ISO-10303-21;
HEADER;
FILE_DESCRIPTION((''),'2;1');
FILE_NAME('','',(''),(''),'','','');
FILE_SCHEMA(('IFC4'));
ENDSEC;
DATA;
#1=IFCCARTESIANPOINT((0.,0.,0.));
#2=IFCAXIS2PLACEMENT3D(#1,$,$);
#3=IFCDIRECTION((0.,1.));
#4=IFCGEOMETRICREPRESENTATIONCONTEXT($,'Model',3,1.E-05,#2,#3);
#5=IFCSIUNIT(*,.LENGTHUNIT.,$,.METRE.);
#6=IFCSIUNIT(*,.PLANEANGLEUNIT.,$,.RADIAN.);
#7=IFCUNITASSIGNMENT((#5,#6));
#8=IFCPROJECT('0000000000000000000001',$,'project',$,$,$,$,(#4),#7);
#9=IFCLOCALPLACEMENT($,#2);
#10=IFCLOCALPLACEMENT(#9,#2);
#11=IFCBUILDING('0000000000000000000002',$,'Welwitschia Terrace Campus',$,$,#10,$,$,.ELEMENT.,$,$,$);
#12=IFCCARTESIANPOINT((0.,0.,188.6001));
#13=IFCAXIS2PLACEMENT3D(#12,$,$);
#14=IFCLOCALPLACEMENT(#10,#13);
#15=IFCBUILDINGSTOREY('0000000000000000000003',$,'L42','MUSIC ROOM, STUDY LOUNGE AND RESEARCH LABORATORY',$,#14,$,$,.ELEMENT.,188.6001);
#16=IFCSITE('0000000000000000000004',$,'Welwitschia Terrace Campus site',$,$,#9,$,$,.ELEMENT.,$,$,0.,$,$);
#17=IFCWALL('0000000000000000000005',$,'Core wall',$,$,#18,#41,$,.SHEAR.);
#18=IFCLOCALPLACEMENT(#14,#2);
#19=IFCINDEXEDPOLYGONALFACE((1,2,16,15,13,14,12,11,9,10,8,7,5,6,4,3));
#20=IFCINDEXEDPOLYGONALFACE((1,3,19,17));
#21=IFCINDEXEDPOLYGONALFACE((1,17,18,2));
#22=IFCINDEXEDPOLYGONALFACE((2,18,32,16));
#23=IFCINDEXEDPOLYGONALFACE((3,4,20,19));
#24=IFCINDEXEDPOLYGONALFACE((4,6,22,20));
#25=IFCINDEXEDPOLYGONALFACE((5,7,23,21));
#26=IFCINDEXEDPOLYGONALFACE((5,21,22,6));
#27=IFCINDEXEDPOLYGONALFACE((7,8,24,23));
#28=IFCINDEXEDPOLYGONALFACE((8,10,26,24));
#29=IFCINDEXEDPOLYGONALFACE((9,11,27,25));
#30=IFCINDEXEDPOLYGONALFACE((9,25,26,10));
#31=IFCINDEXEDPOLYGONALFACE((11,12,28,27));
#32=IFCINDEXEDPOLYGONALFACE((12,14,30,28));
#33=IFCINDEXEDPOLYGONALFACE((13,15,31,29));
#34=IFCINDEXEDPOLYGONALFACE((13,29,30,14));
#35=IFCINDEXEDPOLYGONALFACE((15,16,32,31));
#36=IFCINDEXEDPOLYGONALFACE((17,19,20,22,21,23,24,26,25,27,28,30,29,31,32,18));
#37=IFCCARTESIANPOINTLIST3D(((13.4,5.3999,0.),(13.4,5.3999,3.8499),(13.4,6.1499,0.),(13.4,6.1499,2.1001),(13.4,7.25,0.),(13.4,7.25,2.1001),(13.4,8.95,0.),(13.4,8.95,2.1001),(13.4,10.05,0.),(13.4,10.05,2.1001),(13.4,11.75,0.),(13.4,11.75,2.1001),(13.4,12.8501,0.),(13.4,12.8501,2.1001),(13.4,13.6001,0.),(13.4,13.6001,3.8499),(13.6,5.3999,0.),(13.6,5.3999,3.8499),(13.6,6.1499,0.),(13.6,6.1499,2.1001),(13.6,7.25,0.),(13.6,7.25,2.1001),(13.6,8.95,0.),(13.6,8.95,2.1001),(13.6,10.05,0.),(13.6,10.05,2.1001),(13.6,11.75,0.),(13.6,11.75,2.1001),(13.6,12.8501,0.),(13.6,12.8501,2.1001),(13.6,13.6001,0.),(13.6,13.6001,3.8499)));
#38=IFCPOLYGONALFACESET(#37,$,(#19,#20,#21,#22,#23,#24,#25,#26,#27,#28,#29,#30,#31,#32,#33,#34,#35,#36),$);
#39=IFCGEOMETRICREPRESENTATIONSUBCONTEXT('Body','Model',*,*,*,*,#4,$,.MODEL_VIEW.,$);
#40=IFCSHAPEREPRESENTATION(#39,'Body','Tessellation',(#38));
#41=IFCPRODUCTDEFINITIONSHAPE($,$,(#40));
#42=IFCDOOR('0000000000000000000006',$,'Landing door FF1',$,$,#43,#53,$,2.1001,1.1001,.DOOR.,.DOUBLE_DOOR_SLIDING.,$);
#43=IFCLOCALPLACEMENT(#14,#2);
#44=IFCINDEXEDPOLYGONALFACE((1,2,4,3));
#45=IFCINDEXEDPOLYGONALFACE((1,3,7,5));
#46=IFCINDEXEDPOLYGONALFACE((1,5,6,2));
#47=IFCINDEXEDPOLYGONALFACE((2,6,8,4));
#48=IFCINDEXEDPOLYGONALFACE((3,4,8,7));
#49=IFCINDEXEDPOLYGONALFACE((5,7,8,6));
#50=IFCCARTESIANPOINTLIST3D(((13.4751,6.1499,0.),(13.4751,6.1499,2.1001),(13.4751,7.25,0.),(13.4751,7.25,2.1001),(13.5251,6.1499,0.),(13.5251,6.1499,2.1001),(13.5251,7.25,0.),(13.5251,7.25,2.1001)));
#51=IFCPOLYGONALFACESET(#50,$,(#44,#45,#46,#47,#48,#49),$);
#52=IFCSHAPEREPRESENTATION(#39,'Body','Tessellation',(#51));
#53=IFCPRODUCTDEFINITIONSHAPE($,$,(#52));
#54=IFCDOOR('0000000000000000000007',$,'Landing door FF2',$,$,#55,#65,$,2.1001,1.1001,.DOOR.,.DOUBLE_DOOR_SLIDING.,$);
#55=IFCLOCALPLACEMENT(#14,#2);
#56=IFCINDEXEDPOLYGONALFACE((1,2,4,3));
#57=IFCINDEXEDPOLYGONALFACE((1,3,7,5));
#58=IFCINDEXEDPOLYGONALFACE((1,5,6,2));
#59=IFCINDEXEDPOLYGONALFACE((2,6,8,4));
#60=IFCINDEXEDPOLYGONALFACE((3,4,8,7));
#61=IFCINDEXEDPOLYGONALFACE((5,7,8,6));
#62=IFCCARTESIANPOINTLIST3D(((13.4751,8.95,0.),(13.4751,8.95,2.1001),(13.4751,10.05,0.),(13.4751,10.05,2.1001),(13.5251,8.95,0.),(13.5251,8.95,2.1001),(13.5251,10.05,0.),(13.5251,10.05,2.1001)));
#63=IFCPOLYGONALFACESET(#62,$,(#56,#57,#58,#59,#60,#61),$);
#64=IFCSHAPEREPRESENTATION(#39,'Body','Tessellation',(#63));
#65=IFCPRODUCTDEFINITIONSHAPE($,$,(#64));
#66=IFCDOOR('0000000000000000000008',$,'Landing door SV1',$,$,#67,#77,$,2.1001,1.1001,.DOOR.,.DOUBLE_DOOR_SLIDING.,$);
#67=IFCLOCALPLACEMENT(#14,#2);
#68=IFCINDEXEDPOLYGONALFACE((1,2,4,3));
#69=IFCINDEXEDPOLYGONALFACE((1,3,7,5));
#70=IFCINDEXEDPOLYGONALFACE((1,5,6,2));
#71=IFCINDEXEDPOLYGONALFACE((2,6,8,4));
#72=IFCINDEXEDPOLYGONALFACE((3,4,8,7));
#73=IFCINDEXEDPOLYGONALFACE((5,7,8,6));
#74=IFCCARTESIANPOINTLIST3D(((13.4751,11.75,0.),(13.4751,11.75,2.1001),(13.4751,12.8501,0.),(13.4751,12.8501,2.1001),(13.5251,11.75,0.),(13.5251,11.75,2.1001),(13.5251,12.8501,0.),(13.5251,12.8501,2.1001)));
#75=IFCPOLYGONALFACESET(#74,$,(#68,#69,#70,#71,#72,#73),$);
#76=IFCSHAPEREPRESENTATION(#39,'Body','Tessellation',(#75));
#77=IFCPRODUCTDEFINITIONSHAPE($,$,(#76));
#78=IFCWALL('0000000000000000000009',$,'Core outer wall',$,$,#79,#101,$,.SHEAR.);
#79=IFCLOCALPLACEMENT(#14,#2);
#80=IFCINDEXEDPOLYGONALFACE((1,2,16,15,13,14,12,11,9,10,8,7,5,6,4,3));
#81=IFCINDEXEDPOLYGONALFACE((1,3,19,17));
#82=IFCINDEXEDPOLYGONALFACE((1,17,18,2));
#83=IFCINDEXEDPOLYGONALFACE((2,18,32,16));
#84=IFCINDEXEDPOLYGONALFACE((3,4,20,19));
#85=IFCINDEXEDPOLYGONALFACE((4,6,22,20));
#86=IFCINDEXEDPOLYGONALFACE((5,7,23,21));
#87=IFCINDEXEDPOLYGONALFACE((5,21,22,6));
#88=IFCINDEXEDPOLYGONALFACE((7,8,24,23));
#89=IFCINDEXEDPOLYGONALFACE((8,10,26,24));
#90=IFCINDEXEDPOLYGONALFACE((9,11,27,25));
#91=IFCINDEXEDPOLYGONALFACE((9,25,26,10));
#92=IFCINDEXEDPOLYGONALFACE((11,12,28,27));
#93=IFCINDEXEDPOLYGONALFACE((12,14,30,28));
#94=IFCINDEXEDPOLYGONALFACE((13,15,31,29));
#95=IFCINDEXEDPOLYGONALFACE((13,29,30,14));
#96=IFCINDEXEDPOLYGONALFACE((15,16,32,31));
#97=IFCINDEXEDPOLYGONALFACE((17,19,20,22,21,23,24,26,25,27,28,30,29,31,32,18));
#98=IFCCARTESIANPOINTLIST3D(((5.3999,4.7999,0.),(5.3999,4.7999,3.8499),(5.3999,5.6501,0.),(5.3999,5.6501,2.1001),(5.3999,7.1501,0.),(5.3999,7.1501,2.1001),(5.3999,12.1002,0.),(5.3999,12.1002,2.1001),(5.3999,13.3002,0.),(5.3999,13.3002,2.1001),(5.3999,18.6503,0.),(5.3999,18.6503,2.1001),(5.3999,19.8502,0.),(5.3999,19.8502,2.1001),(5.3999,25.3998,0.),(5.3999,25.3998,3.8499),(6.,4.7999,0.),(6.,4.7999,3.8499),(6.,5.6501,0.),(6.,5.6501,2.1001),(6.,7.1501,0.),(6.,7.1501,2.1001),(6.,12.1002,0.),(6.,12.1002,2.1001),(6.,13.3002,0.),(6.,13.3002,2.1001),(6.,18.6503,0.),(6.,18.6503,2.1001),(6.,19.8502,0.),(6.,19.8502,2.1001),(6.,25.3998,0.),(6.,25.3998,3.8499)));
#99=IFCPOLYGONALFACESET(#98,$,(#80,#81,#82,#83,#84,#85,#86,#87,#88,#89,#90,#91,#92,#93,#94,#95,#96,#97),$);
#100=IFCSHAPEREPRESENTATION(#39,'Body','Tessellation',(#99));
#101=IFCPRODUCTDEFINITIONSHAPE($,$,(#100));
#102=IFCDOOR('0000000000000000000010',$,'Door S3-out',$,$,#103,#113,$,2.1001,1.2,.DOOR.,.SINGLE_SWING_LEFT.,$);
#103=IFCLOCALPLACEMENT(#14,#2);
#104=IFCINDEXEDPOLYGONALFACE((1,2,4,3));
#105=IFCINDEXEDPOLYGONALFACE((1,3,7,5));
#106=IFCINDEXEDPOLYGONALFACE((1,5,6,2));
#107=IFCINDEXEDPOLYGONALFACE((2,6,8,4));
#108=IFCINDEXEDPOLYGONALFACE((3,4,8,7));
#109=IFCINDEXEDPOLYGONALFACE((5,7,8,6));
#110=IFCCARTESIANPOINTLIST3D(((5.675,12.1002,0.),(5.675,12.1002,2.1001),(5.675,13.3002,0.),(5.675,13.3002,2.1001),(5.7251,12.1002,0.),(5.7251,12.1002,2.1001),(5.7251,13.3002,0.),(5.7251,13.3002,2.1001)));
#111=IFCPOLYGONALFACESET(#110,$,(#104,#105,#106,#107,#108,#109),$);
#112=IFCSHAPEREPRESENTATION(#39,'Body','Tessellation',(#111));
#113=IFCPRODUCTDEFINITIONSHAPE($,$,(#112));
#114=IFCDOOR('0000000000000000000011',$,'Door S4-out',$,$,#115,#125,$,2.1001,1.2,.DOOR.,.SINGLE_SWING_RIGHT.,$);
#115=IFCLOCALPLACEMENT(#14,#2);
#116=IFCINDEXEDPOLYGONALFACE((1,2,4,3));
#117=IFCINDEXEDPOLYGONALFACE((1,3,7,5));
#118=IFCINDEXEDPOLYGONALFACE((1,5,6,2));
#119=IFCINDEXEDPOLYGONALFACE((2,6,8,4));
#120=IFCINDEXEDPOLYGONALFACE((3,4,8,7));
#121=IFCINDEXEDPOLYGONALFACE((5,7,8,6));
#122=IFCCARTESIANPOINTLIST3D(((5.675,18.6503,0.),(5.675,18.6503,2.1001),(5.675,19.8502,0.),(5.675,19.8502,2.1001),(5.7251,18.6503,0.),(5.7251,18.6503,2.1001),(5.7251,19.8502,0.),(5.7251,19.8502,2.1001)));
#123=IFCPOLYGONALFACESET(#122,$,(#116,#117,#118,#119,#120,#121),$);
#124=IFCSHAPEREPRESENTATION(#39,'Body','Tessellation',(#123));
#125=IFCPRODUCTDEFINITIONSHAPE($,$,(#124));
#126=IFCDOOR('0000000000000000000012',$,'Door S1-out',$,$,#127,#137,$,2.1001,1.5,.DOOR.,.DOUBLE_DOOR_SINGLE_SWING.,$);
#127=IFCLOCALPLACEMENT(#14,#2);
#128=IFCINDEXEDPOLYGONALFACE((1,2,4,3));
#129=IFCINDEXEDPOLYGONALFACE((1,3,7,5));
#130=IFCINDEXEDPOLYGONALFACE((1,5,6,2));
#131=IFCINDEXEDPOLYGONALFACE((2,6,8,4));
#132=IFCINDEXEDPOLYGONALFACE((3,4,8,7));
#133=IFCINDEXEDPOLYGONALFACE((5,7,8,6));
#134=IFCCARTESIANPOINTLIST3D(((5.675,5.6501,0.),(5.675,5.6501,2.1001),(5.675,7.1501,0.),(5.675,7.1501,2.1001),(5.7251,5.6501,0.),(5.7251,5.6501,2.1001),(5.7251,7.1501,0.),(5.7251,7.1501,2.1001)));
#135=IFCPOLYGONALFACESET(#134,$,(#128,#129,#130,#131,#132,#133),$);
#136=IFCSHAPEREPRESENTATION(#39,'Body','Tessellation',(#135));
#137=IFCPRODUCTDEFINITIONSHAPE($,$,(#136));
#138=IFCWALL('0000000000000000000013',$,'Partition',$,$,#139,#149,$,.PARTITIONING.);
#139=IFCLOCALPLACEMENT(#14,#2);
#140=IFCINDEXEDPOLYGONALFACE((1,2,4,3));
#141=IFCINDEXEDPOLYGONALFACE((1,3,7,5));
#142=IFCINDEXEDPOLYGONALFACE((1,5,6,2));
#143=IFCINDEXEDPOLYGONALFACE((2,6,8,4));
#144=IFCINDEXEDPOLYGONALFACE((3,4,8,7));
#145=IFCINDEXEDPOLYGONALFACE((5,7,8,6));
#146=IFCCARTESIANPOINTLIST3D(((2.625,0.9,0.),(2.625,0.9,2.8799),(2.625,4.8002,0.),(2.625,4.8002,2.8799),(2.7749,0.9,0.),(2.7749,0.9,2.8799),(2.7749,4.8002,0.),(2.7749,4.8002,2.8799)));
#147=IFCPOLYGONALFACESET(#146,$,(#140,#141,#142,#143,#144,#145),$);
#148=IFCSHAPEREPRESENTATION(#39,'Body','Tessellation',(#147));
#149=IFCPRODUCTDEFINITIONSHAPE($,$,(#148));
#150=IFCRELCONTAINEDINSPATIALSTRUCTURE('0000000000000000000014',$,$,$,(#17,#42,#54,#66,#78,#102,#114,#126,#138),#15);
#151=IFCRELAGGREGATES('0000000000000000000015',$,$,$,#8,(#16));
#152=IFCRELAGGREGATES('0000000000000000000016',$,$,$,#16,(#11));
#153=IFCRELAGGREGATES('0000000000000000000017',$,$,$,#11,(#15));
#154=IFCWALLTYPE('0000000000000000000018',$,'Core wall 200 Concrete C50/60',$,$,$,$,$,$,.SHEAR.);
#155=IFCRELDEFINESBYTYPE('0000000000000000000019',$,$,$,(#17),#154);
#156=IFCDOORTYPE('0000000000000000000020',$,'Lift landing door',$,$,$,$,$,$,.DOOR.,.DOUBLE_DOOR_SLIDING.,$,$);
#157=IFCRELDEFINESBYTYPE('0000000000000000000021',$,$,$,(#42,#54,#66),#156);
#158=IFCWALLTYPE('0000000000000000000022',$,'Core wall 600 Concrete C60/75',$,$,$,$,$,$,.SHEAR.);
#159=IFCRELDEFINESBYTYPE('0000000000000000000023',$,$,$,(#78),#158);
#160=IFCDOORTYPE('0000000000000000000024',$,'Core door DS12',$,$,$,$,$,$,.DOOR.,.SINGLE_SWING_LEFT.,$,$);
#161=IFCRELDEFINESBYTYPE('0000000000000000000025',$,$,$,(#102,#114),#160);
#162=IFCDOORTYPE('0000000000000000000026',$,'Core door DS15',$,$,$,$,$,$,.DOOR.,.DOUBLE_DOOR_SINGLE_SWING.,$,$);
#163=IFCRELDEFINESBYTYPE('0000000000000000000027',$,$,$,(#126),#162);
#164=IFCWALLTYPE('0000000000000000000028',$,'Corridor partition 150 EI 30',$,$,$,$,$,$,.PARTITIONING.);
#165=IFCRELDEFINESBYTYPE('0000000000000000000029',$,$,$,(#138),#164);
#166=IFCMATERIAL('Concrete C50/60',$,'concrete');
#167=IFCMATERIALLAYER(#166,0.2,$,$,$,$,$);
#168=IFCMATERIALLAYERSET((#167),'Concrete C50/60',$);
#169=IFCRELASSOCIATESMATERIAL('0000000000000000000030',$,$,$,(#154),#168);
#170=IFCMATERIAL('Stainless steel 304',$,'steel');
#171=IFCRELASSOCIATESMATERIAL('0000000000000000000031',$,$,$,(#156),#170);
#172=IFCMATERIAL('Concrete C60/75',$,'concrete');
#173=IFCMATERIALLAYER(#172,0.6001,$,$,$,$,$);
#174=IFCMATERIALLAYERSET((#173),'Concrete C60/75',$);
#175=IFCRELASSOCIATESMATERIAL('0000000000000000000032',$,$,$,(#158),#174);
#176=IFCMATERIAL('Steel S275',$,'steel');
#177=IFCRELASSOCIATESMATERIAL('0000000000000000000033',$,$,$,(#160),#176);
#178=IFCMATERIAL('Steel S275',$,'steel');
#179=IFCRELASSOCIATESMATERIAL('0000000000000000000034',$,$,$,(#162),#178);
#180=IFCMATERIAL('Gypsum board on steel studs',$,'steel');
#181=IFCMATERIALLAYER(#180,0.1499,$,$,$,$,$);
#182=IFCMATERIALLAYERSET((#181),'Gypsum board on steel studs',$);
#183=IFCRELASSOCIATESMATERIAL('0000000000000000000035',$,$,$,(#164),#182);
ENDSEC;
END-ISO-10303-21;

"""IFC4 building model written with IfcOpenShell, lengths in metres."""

from ifc_helpers import new_model, si_unit, direction, frame, frame_2d, origin, place, context, subcontext, project, spatial, rectangle, extrude, material, layer, layer_set, type_object, element, fill, save


model = new_model("IFC4")

# Units and contexts
model_context = context("Model", 3, precision=1e-05, world=origin(), true_north=direction((0.0, 1.0)))
body_context = subcontext(model_context, "Body", "Model", "MODEL_VIEW")
ifc_project = project(units=[si_unit("LENGTHUNIT", "METRE"), si_unit("PLANEANGLEUNIT", "RADIAN")], contexts=[model_context])

# Site, building, storey
site_placement = place(None, origin())
site = spatial("IfcSite", under=ifc_project, at=site_placement, Name="Welwitschia Terrace Campus site", CompositionType="ELEMENT", RefElevation=0.0)
building_placement = place(site_placement, origin())
building = spatial("IfcBuilding", under=site, at=building_placement, Name="Welwitschia Terrace Campus", CompositionType="ELEMENT")
storey_placement = place(building_placement, frame((0.0, 0.0, 188.6001)))
storey = spatial("IfcBuildingStorey", under=building, at=storey_placement, Name="L42", Description="MUSIC ROOM, STUDY LOUNGE AND RESEARCH LABORATORY", CompositionType="ELEMENT", Elevation=188.6001)

# Walls, openings, doors
ifc_material_1 = material(Name="Concrete C50/60", Category="concrete")
ifc_layer_1 = layer(ifc_material_1, 0.2)
ifc_layer_set_1 = layer_set([ifc_layer_1], Name="Concrete C50/60")
wall_type_1 = type_object("IfcWallType", Name="Core wall 200 Concrete C50/60", PredefinedType="SHEAR", material=ifc_layer_set_1)
wall_1_placement = place(storey_placement, frame((13.5, 5.3999, 0.0), z_axis=(0.0, 0.0, 1.0), x_axis=(0.0, 1.0, 0.0)))
wall_1 = element("IfcWall", 1, at=wall_1_placement, inside=storey, type_object=wall_type_1, Name="Core wall", PredefinedType="SHEAR", context=body_context, shape_type="SweptSolid", body=[
    extrude(rectangle(XDim=8.2002, YDim=0.2, at=frame_2d((4.1001, 0.0))), origin(), (0.0, 0.0, 1.0), 3.8499),
])
opening_1_placement = place(wall_1_placement, frame((0.75, 0.0, 0.0)))
opening_1 = element("IfcOpeningElement", 2, at=opening_1_placement, cuts=wall_1, PredefinedType="OPENING", context=body_context, shape_type="SweptSolid", body=[
    extrude(rectangle(XDim=1.1001, YDim=2.1001, at=frame_2d((0.55, 1.05))), frame((0.0, 0.1099, 0.0), z_axis=(0.0, -1.0, 0.0), x_axis=(1.0, 0.0, 0.0)), (0.0, 0.0, 1.0), 0.22),
])
opening_2_placement = place(wall_1_placement, frame((3.55, 0.0, 0.0)))
opening_2 = element("IfcOpeningElement", 3, at=opening_2_placement, cuts=wall_1, PredefinedType="OPENING", context=body_context, shape_type="SweptSolid", body=[
    extrude(rectangle(XDim=1.1001, YDim=2.1001, at=frame_2d((0.55, 1.05))), frame((0.0, 0.1099, 0.0), z_axis=(0.0, -1.0, 0.0), x_axis=(1.0, 0.0, 0.0)), (0.0, 0.0, 1.0), 0.22),
])
opening_3_placement = place(wall_1_placement, frame((6.3501, 0.0, 0.0)))
opening_3 = element("IfcOpeningElement", 4, at=opening_3_placement, cuts=wall_1, PredefinedType="OPENING", context=body_context, shape_type="SweptSolid", body=[
    extrude(rectangle(XDim=1.1001, YDim=2.1001, at=frame_2d((0.55, 1.05))), frame((0.0, 0.1099, 0.0), z_axis=(0.0, -1.0, 0.0), x_axis=(1.0, 0.0, 0.0)), (0.0, 0.0, 1.0), 0.22),
])
ifc_material_2 = material(Name="Stainless steel 304", Category="steel")
door_type_1 = type_object("IfcDoorType", Name="Lift landing door", OperationType="DOUBLE_DOOR_SLIDING", PredefinedType="DOOR", material=ifc_material_2)
door_1_placement = place(opening_1_placement, origin())
door_1 = element("IfcDoor", 5, at=door_1_placement, inside=storey, type_object=door_type_1, Name="Landing door FF1", OperationType="DOUBLE_DOOR_SLIDING", OverallHeight=2.1001, OverallWidth=1.1001, PredefinedType="DOOR", context=body_context, shape_type="SweptSolid", body=[
    extrude(rectangle(XDim=1.1001, YDim=2.1001, at=frame_2d((0.55, 1.05))), frame((0.0, 0.0249, 0.0), z_axis=(0.0, -1.0, 0.0), x_axis=(1.0, 0.0, 0.0)), (0.0, 0.0, 1.0), 0.05),
])
fill(opening_1, door_1)
door_2_placement = place(opening_2_placement, origin())
door_2 = element("IfcDoor", 6, at=door_2_placement, inside=storey, type_object=door_type_1, Name="Landing door FF2", OperationType="DOUBLE_DOOR_SLIDING", OverallHeight=2.1001, OverallWidth=1.1001, PredefinedType="DOOR", context=body_context, shape_type="SweptSolid", body=[
    extrude(rectangle(XDim=1.1001, YDim=2.1001, at=frame_2d((0.55, 1.05))), frame((0.0, 0.0249, 0.0), z_axis=(0.0, -1.0, 0.0), x_axis=(1.0, 0.0, 0.0)), (0.0, 0.0, 1.0), 0.05),
])
fill(opening_2, door_2)
door_3_placement = place(opening_3_placement, origin())
door_3 = element("IfcDoor", 7, at=door_3_placement, inside=storey, type_object=door_type_1, Name="Landing door SV1", OperationType="DOUBLE_DOOR_SLIDING", OverallHeight=2.1001, OverallWidth=1.1001, PredefinedType="DOOR", context=body_context, shape_type="SweptSolid", body=[
    extrude(rectangle(XDim=1.1001, YDim=2.1001, at=frame_2d((0.55, 1.05))), frame((0.0, 0.0249, 0.0), z_axis=(0.0, -1.0, 0.0), x_axis=(1.0, 0.0, 0.0)), (0.0, 0.0, 1.0), 0.05),
])
fill(opening_3, door_3)
ifc_material_3 = material(Name="Concrete C60/75", Category="concrete")
ifc_layer_2 = layer(ifc_material_3, 0.6001)
ifc_layer_set_2 = layer_set([ifc_layer_2], Name="Concrete C60/75")
wall_type_2 = type_object("IfcWallType", Name="Core wall 600 Concrete C60/75", PredefinedType="SHEAR", material=ifc_layer_set_2)
wall_2_placement = place(storey_placement, frame((5.7, 4.8, 0.0), z_axis=(0.0, 0.0, 1.0), x_axis=(0.0, 1.0, 0.0)))
wall_2 = element("IfcWall", 8, at=wall_2_placement, inside=storey, type_object=wall_type_2, Name="Core outer wall", PredefinedType="SHEAR", context=body_context, shape_type="SweptSolid", body=[
    extrude(rectangle(XDim=20.5999, YDim=0.6001, at=frame_2d((10.2998, 0.0))), origin(), (0.0, 0.0, 1.0), 3.8499),
])
opening_4_placement = place(wall_2_placement, frame((0.8501, 0.0, 0.0)))
opening_4 = element("IfcOpeningElement", 9, at=opening_4_placement, cuts=wall_2, PredefinedType="OPENING", context=body_context, shape_type="SweptSolid", body=[
    extrude(rectangle(XDim=1.5, YDim=2.1001, at=frame_2d((0.75, 1.05))), frame((0.0, 0.3101, 0.0), z_axis=(0.0, -1.0, 0.0), x_axis=(1.0, 0.0, 0.0)), (0.0, 0.0, 1.0), 0.6201),
])
opening_5_placement = place(wall_2_placement, frame((7.3, 0.0, 0.0)))
opening_5 = element("IfcOpeningElement", 10, at=opening_5_placement, cuts=wall_2, PredefinedType="OPENING", context=body_context, shape_type="SweptSolid", body=[
    extrude(rectangle(XDim=1.2, YDim=2.1001, at=frame_2d((0.6001, 1.05))), frame((0.0, 0.3101, 0.0), z_axis=(0.0, -1.0, 0.0), x_axis=(1.0, 0.0, 0.0)), (0.0, 0.0, 1.0), 0.6201),
])
opening_6_placement = place(wall_2_placement, frame((13.8501, 0.0, 0.0)))
opening_6 = element("IfcOpeningElement", 11, at=opening_6_placement, cuts=wall_2, PredefinedType="OPENING", context=body_context, shape_type="SweptSolid", body=[
    extrude(rectangle(XDim=1.2, YDim=2.1001, at=frame_2d((0.6001, 1.05))), frame((0.0, 0.3101, 0.0), z_axis=(0.0, -1.0, 0.0), x_axis=(1.0, 0.0, 0.0)), (0.0, 0.0, 1.0), 0.6201),
])
ifc_material_4 = material(Name="Steel S275", Category="steel")
door_type_2 = type_object("IfcDoorType", Name="Core door DS12", OperationType="SINGLE_SWING_LEFT", PredefinedType="DOOR", material=ifc_material_4)
door_4_placement = place(opening_5_placement, origin())
door_4 = element("IfcDoor", 12, at=door_4_placement, inside=storey, type_object=door_type_2, Name="Door S3-out", OperationType="SINGLE_SWING_LEFT", OverallHeight=2.1001, OverallWidth=1.2, PredefinedType="DOOR", context=body_context, shape_type="SweptSolid", body=[
    extrude(rectangle(XDim=1.2, YDim=2.1001, at=frame_2d((0.6001, 1.05))), frame((0.0, 0.0249, 0.0), z_axis=(0.0, -1.0, 0.0), x_axis=(1.0, 0.0, 0.0)), (0.0, 0.0, 1.0), 0.05),
])
fill(opening_5, door_4)
door_5_placement = place(opening_6_placement, origin())
door_5 = element("IfcDoor", 13, at=door_5_placement, inside=storey, type_object=door_type_2, Name="Door S4-out", OperationType="SINGLE_SWING_RIGHT", OverallHeight=2.1001, OverallWidth=1.2, PredefinedType="DOOR", context=body_context, shape_type="SweptSolid", body=[
    extrude(rectangle(XDim=1.2, YDim=2.1001, at=frame_2d((0.6001, 1.05))), frame((0.0, 0.0249, 0.0), z_axis=(0.0, -1.0, 0.0), x_axis=(1.0, 0.0, 0.0)), (0.0, 0.0, 1.0), 0.05),
])
fill(opening_6, door_5)
ifc_material_5 = material(Name="Steel S275", Category="steel")
door_type_3 = type_object("IfcDoorType", Name="Core door DS15", OperationType="DOUBLE_DOOR_SINGLE_SWING", PredefinedType="DOOR", material=ifc_material_5)
door_6_placement = place(opening_4_placement, origin())
door_6 = element("IfcDoor", 14, at=door_6_placement, inside=storey, type_object=door_type_3, Name="Door S1-out", OperationType="DOUBLE_DOOR_SINGLE_SWING", OverallHeight=2.1001, OverallWidth=1.5, PredefinedType="DOOR", context=body_context, shape_type="SweptSolid", body=[
    extrude(rectangle(XDim=1.5, YDim=2.1001, at=frame_2d((0.75, 1.05))), frame((0.0, 0.0249, 0.0), z_axis=(0.0, -1.0, 0.0), x_axis=(1.0, 0.0, 0.0)), (0.0, 0.0, 1.0), 0.05),
])
fill(opening_4, door_6)

# Wall
ifc_material_6 = material(Name="Gypsum board on steel studs", Category="steel")
ifc_layer_3 = layer(ifc_material_6, 0.1499)
ifc_layer_set_3 = layer_set([ifc_layer_3], Name="Gypsum board on steel studs")
wall_type_3 = type_object("IfcWallType", Name="Corridor partition 150 EI 30", PredefinedType="PARTITIONING", material=ifc_layer_set_3)
wall_3_placement = place(storey_placement, frame((2.7, 0.8999, 0.0), z_axis=(0.0, 0.0, 1.0), x_axis=(0.0, 1.0, 0.0)))
element("IfcWall", 15, at=wall_3_placement, inside=storey, type_object=wall_type_3, Name="Partition", PredefinedType="PARTITIONING", context=body_context, shape_type="SweptSolid", body=[
    extrude(rectangle(XDim=3.9001, YDim=0.1499, at=frame_2d((1.9502, 0.0))), origin(), (0.0, 0.0, 1.0), 2.8799),
])

save(model, "model.ifc")
